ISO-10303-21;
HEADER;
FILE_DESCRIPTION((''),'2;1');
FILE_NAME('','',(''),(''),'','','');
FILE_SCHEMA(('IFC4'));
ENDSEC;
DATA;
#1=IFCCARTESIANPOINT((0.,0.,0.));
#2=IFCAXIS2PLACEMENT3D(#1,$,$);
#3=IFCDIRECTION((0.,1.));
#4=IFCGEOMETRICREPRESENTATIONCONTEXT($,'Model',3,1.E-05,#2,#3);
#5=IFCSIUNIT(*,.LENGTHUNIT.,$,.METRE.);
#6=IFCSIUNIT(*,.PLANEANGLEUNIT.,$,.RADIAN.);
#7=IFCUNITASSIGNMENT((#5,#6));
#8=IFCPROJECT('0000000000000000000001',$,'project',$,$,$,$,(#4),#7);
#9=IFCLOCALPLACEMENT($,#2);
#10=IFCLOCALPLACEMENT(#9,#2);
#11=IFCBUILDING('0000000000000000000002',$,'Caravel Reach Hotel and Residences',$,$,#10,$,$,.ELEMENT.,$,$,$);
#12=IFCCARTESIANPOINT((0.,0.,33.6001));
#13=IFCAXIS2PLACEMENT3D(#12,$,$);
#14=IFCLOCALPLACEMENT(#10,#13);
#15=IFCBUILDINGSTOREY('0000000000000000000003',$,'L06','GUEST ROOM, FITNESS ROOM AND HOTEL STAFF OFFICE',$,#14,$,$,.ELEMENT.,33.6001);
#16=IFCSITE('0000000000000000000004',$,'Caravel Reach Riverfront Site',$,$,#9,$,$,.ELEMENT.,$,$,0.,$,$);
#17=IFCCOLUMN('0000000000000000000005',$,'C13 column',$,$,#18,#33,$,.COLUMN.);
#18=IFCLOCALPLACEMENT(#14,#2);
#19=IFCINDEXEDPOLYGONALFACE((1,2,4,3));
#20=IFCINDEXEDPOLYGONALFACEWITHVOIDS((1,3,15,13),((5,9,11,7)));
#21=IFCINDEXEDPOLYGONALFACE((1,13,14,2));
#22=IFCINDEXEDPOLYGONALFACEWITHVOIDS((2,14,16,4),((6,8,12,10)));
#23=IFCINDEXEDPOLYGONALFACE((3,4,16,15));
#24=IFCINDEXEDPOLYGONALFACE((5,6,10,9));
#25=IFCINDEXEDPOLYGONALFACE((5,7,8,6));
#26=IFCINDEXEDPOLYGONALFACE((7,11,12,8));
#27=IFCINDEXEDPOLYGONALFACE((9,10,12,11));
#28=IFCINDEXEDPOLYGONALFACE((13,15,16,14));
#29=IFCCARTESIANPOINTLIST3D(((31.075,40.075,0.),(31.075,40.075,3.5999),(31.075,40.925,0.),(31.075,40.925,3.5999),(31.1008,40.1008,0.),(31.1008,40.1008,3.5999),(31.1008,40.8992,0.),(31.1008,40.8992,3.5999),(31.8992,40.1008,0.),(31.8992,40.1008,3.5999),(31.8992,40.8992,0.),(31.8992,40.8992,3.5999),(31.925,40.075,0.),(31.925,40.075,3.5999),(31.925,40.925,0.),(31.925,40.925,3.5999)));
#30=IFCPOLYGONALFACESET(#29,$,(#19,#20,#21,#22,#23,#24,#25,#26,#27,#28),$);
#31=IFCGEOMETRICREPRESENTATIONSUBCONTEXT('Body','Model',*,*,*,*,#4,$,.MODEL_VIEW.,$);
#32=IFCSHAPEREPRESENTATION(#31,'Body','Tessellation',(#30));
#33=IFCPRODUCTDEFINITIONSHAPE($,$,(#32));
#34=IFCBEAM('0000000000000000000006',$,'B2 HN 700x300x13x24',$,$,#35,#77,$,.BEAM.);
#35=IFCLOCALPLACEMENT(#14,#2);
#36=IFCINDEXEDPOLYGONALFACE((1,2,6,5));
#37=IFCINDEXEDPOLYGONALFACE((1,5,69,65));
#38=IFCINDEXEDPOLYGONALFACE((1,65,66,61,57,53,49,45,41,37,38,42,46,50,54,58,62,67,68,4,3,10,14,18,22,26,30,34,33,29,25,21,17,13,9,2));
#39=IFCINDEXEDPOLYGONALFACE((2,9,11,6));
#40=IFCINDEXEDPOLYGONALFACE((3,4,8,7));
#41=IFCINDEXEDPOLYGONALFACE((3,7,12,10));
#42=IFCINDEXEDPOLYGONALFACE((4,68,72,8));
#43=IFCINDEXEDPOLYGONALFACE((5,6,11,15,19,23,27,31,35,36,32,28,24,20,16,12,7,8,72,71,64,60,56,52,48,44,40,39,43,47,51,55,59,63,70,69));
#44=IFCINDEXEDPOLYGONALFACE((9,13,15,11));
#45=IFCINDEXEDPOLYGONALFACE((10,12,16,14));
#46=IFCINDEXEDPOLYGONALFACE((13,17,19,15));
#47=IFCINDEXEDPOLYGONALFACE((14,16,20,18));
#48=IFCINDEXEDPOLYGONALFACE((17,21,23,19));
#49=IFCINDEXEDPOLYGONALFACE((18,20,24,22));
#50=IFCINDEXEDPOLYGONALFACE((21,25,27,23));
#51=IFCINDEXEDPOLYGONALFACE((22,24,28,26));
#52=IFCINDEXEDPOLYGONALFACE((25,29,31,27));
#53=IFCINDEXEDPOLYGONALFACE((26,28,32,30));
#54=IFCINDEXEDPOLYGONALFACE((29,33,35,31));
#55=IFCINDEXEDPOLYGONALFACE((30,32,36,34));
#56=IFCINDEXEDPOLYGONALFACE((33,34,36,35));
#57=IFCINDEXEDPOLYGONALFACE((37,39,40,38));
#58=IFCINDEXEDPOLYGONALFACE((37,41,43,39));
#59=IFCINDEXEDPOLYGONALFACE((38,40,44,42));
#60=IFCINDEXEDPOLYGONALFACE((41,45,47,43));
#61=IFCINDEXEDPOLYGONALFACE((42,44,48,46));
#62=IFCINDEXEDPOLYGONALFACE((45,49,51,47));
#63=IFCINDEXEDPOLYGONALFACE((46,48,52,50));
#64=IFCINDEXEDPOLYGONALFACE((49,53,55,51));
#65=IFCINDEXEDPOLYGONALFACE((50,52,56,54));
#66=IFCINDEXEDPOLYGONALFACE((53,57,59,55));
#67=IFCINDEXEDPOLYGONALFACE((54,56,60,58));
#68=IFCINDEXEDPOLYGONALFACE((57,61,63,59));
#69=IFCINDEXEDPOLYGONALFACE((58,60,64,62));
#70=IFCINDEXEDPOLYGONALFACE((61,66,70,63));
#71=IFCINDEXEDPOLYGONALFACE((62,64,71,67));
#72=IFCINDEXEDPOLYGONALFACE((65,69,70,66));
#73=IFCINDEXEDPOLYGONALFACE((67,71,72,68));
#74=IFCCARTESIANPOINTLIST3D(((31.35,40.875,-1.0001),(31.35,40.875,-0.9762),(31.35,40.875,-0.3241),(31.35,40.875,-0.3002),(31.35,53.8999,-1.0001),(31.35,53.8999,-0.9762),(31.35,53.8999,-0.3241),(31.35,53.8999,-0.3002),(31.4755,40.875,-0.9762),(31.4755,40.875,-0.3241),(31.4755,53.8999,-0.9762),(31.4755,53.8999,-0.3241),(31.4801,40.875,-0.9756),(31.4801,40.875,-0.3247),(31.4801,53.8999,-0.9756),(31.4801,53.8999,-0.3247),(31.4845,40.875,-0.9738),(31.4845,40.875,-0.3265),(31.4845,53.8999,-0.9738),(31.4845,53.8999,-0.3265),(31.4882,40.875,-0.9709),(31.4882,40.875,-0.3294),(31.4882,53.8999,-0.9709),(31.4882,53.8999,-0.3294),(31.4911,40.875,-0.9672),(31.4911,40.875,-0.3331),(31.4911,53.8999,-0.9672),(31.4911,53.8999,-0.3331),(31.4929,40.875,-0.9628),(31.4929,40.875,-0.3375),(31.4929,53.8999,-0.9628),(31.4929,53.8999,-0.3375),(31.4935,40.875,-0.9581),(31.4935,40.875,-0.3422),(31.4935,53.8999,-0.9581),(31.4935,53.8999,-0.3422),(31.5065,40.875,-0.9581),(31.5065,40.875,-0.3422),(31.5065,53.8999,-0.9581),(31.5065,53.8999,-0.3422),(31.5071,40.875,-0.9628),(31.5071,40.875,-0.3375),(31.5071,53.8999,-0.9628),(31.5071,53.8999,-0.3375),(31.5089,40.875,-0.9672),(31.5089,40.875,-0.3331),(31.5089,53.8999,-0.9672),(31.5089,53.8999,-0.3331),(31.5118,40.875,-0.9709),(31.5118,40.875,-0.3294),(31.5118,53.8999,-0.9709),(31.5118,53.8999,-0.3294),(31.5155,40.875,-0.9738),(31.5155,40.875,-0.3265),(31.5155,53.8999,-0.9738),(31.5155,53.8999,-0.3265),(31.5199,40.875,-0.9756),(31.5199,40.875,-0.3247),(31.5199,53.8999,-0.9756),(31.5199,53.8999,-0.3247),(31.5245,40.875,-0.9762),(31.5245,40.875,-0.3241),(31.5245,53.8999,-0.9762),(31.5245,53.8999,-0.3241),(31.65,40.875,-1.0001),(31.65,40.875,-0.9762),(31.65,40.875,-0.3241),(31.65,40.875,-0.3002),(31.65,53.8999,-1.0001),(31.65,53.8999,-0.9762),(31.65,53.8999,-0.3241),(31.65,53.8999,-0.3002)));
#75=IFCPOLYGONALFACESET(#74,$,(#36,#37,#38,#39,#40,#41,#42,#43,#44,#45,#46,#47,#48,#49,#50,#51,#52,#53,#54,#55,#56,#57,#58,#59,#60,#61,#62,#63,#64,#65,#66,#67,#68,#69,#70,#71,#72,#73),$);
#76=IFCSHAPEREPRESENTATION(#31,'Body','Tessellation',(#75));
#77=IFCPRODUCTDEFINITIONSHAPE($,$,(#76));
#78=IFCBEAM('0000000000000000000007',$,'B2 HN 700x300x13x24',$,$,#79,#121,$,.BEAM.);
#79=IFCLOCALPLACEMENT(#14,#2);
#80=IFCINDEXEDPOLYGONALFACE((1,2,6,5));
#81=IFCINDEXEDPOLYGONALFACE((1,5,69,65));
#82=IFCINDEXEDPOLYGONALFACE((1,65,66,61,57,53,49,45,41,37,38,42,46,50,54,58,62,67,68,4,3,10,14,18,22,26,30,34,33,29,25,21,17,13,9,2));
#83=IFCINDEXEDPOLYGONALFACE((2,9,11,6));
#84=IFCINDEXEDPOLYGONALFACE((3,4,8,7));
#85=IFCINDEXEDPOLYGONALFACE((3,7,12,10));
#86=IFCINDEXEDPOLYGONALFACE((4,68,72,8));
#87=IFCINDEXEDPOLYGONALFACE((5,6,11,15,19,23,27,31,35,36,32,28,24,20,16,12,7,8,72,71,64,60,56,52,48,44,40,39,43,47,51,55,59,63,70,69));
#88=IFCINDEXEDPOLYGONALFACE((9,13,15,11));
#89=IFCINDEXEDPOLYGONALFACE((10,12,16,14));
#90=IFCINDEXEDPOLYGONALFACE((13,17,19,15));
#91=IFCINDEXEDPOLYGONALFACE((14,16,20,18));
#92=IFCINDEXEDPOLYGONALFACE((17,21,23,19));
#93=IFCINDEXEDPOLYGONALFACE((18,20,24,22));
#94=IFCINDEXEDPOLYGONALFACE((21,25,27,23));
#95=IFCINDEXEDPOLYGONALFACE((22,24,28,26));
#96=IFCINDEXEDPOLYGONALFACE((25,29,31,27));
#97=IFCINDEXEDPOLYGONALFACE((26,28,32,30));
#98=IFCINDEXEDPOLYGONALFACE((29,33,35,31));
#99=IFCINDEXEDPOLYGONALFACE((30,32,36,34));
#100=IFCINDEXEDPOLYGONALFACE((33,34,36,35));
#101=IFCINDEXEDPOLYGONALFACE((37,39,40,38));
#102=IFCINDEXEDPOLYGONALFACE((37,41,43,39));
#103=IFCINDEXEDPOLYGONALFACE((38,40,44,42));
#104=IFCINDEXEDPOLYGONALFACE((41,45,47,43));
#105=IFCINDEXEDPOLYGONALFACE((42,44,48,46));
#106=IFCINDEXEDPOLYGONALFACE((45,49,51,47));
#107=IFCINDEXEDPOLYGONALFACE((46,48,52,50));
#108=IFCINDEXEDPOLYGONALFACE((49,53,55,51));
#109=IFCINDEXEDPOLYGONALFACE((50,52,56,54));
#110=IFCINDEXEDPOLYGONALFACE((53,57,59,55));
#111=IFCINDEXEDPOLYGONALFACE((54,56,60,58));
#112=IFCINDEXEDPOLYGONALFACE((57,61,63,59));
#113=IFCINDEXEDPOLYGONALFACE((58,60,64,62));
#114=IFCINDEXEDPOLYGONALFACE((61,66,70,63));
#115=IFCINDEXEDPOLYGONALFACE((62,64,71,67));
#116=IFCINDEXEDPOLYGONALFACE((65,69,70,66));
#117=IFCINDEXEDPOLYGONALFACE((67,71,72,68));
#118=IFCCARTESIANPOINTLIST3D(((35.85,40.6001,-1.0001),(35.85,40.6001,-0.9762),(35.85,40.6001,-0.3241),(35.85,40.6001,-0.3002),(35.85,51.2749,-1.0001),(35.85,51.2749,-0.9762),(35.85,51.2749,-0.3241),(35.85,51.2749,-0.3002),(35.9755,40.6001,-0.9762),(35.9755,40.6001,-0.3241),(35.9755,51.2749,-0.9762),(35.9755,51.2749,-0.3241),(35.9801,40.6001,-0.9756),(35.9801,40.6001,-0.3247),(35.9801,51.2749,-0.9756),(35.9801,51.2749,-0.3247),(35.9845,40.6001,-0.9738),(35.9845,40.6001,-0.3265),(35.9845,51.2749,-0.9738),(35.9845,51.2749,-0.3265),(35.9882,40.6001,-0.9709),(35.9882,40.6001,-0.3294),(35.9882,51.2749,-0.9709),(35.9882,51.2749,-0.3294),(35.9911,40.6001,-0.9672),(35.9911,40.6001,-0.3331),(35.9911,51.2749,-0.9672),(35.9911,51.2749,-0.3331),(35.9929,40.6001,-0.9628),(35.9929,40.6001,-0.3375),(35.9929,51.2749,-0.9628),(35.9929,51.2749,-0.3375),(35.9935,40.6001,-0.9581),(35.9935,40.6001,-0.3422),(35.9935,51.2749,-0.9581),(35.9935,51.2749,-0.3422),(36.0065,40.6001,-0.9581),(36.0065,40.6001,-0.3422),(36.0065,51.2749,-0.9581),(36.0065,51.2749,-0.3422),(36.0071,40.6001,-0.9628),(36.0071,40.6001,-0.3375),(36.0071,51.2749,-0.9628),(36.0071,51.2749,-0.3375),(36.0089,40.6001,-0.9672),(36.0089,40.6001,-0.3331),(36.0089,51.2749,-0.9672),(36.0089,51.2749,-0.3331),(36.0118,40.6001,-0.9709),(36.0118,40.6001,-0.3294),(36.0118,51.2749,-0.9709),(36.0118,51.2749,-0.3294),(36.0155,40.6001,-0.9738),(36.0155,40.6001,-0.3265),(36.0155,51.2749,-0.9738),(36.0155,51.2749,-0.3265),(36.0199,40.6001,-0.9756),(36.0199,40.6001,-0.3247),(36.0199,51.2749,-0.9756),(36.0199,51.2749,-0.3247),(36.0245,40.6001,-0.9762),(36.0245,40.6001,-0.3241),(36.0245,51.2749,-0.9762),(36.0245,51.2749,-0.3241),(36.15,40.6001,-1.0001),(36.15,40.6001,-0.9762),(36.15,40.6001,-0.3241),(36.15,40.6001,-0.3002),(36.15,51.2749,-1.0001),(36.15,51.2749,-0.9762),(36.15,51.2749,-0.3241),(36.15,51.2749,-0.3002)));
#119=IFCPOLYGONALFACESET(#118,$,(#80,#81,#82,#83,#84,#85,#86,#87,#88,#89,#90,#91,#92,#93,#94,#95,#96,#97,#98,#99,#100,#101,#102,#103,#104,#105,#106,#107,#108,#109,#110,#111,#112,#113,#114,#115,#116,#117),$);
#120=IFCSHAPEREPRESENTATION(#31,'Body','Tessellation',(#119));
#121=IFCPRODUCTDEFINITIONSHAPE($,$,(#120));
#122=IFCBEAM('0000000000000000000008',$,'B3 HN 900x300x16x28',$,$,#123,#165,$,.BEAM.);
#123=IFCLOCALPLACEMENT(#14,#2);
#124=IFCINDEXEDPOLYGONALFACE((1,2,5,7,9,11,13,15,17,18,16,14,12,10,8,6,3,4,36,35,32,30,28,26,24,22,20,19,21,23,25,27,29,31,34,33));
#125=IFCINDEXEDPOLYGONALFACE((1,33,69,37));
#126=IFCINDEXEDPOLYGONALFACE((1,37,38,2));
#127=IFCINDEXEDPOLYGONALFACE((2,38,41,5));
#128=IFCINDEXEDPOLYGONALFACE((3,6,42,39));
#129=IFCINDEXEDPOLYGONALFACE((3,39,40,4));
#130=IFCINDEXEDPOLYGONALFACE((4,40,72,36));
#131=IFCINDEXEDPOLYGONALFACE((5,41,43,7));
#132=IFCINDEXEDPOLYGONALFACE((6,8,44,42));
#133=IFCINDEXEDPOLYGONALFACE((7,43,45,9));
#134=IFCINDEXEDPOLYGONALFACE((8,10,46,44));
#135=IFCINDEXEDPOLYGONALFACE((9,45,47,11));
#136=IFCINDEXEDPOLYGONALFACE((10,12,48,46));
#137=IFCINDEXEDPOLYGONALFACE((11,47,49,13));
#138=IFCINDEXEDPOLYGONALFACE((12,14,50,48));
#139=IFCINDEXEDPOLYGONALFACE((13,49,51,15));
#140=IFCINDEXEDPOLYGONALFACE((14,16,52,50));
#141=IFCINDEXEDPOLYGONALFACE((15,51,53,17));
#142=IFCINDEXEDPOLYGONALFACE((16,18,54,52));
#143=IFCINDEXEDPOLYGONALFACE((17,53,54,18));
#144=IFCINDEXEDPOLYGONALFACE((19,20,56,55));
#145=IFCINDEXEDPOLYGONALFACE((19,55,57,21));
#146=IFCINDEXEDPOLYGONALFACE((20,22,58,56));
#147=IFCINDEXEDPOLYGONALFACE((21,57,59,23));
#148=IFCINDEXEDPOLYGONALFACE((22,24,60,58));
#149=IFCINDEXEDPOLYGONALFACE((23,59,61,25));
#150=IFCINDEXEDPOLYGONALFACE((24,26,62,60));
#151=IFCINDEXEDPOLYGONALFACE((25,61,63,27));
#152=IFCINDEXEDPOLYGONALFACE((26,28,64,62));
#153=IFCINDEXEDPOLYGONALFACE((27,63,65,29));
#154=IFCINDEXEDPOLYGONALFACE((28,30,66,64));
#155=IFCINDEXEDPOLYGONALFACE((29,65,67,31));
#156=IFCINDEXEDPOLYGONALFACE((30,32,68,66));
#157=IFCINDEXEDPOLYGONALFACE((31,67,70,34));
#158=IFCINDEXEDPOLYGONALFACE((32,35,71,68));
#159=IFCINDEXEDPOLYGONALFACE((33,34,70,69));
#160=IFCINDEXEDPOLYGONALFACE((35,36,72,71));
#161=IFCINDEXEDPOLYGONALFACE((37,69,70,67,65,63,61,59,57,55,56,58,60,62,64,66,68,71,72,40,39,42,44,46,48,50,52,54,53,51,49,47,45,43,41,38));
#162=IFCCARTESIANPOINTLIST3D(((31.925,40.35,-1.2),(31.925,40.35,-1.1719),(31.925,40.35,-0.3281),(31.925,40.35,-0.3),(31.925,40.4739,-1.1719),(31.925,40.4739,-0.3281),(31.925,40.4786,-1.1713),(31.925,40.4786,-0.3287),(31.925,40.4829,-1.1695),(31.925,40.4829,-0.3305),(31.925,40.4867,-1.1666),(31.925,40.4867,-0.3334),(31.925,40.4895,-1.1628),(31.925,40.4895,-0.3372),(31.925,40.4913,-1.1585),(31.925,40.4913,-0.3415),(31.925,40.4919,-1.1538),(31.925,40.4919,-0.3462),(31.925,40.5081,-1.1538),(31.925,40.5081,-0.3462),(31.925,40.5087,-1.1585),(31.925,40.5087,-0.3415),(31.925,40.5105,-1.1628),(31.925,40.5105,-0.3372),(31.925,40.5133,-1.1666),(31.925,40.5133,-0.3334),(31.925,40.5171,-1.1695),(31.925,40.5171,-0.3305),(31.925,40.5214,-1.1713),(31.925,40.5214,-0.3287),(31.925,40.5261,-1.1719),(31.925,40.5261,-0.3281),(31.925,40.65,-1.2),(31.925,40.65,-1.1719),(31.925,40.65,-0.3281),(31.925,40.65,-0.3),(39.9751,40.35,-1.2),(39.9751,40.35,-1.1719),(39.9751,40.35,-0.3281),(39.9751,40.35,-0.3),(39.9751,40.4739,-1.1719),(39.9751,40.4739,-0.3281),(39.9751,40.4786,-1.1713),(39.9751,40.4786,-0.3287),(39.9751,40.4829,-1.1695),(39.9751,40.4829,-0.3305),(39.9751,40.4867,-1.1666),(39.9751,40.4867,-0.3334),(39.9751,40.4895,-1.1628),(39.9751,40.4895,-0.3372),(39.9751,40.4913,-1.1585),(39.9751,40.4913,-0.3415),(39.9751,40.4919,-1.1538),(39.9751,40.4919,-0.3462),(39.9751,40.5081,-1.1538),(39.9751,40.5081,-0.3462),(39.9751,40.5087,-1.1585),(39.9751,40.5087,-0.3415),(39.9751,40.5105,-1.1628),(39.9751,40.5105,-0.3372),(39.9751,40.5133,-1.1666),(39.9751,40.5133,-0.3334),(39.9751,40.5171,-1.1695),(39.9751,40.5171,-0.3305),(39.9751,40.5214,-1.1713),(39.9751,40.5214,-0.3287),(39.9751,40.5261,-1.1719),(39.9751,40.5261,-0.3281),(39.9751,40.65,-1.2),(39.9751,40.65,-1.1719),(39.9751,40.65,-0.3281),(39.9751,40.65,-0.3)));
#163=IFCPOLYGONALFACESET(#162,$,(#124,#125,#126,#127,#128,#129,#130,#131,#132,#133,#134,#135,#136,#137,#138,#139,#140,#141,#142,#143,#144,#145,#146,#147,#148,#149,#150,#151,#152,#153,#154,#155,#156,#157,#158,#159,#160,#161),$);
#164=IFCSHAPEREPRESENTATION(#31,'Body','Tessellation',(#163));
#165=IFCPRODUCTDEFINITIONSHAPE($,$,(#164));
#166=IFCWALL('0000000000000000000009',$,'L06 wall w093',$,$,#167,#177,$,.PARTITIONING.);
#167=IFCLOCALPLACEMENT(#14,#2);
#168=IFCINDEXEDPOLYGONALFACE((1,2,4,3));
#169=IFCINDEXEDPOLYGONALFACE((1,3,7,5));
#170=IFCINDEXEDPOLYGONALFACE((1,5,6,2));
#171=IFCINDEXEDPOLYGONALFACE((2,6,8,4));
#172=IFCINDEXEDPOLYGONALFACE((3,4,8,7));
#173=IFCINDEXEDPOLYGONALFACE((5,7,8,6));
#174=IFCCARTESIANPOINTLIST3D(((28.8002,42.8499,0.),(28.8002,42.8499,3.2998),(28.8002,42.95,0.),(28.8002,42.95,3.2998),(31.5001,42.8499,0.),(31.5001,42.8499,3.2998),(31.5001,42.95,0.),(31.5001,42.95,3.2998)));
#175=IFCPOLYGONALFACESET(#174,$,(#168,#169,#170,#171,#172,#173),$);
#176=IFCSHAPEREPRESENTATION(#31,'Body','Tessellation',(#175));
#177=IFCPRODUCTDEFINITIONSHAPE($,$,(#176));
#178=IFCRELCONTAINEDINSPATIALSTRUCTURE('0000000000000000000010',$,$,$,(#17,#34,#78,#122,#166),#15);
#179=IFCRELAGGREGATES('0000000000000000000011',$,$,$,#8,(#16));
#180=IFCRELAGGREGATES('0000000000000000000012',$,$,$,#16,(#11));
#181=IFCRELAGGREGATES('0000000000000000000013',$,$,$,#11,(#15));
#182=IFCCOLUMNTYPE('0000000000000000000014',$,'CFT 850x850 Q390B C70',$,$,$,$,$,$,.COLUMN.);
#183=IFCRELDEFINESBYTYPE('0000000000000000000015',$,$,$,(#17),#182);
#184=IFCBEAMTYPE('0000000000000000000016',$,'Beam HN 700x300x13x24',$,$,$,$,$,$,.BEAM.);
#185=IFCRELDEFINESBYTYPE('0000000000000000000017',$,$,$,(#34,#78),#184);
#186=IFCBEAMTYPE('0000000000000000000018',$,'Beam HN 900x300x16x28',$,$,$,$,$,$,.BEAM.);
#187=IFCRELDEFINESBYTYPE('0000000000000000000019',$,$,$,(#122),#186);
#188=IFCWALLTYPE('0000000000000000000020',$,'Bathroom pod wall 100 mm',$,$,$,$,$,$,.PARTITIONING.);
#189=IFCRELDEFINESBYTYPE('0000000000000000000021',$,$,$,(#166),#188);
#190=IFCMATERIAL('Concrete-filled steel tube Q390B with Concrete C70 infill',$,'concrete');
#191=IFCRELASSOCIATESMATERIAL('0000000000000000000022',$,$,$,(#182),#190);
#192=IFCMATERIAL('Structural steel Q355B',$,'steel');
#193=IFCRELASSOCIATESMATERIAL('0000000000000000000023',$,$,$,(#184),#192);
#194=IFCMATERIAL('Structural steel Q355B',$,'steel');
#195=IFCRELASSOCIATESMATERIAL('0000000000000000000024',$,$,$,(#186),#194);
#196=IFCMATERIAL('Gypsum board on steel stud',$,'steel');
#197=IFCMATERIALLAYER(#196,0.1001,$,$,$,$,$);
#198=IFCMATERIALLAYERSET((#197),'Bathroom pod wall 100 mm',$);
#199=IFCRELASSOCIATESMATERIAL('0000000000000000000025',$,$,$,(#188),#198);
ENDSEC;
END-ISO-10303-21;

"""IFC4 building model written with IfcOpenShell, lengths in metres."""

from ifc_helpers import new_model, si_unit, direction, frame, frame_2d, origin, origin_2d, place, context, subcontext, project, spatial, rectangle, hollow_rectangle, i_section, extrude, material, layer, layer_set, material_profile, profile_set, type_object, element, save


model = new_model("IFC4")

# Units and contexts
model_context = context("Model", 3, precision=1e-05, world=origin(), true_north=direction((0.0, 1.0)))
body_context = subcontext(model_context, "Body", "Model", "MODEL_VIEW")
ifc_project = project(units=[si_unit("LENGTHUNIT", "METRE"), si_unit("PLANEANGLEUNIT", "RADIAN")], contexts=[model_context])

# Site, building, storey
site_placement = place(None, origin())
site = spatial("IfcSite", under=ifc_project, at=site_placement, Name="Caravel Reach Riverfront Site", CompositionType="ELEMENT", RefElevation=0.0)
building_placement = place(site_placement, origin())
building = spatial("IfcBuilding", under=site, at=building_placement, Name="Caravel Reach Hotel and Residences", CompositionType="ELEMENT")
storey_placement = place(building_placement, frame((0.0, 0.0, 33.6001)))
storey = spatial("IfcBuildingStorey", under=building, at=storey_placement, Name="L06", Description="GUEST ROOM, FITNESS ROOM AND HOTEL STAFF OFFICE", CompositionType="ELEMENT", Elevation=33.6001)

# Column
ifc_material_1 = material(Name="Concrete-filled steel tube Q390B with Concrete C70 infill", Category="concrete")
ifc_material_profile_1 = material_profile(ifc_material_1, hollow_rectangle(XDim=0.8501, YDim=0.8501, WallThickness=0.0259, at=origin_2d()), Name="RHS 850x850x26")
ifc_profile_set_1 = profile_set([ifc_material_profile_1], Name="Concrete-filled steel tube Q390B with Concrete C70 infill")
column_type = type_object("IfcColumnType", Name="CFT 850x850 Q390B C70", PredefinedType="COLUMN", material=ifc_profile_set_1)
column_placement = place(storey_placement, frame((31.5, 40.5, 0.0), z_axis=(0.0, 0.0, 1.0), x_axis=(1.0, 0.0, 0.0)))
element("IfcColumn", 1, at=column_placement, inside=storey, type_object=column_type, Name="C13 column", PredefinedType="COLUMN", context=body_context, shape_type="SweptSolid", body=[
    extrude(hollow_rectangle(XDim=0.8501, YDim=0.8501, WallThickness=0.0259, at=origin_2d()), origin(), (0.0, 0.0, 1.0), 3.5999),
])

# Beams
ifc_material_2 = material(Name="Structural steel Q355B", Category="steel")
ifc_material_profile_2 = material_profile(ifc_material_2, i_section(OverallWidth=0.3, OverallDepth=0.7, WebThickness=0.0129, FlangeThickness=0.0239, FilletRadius=0.0181, at=origin_2d()), Name="HN 700x300x13x24")
ifc_profile_set_2 = profile_set([ifc_material_profile_2], Name="Structural steel Q355B")
beam_type_1 = type_object("IfcBeamType", Name="Beam HN 700x300x13x24", PredefinedType="BEAM", material=ifc_profile_set_2)
beam_1_placement = place(storey_placement, frame((31.5, 40.875, -0.6501), z_axis=(0.0, 1.0, 0.0), x_axis=(-1.0, 0.0, 0.0)))
element("IfcBeam", 2, at=beam_1_placement, inside=storey, type_object=beam_type_1, Name="B2 HN 700x300x13x24", PredefinedType="BEAM", context=body_context, shape_type="SweptSolid", body=[
    extrude(i_section(OverallWidth=0.3, OverallDepth=0.7, WebThickness=0.0129, FlangeThickness=0.0239, FilletRadius=0.0181, at=origin_2d()), origin(), (0.0, 0.0, 1.0), 13.0249),
])
beam_2_placement = place(storey_placement, frame((36.0, 40.6001, -0.6501), z_axis=(0.0, 1.0, 0.0), x_axis=(-1.0, 0.0, 0.0)))
element("IfcBeam", 3, at=beam_2_placement, inside=storey, type_object=beam_type_1, Name="B2 HN 700x300x13x24", PredefinedType="BEAM", context=body_context, shape_type="SweptSolid", body=[
    extrude(i_section(OverallWidth=0.3, OverallDepth=0.7, WebThickness=0.0129, FlangeThickness=0.0239, FilletRadius=0.0181, at=origin_2d()), origin(), (0.0, 0.0, 1.0), 10.6748),
])
ifc_material_3 = material(Name="Structural steel Q355B", Category="steel")
ifc_material_profile_3 = material_profile(ifc_material_3, i_section(OverallWidth=0.3, OverallDepth=0.8999, WebThickness=0.0161, FlangeThickness=0.0281, FilletRadius=0.0181, at=origin_2d()), Name="HN 900x300x16x28")
ifc_profile_set_3 = profile_set([ifc_material_profile_3], Name="Structural steel Q355B")
beam_type_2 = type_object("IfcBeamType", Name="Beam HN 900x300x16x28", PredefinedType="BEAM", material=ifc_profile_set_3)
beam_3_placement = place(storey_placement, frame((31.925, 40.5, -0.75), z_axis=(1.0, 0.0, 0.0), x_axis=(0.0, 1.0, 0.0)))
element("IfcBeam", 4, at=beam_3_placement, inside=storey, type_object=beam_type_2, Name="B3 HN 900x300x16x28", PredefinedType="BEAM", context=body_context, shape_type="SweptSolid", body=[
    extrude(i_section(OverallWidth=0.3, OverallDepth=0.8999, WebThickness=0.0161, FlangeThickness=0.0281, FilletRadius=0.0181, at=origin_2d()), origin(), (0.0, 0.0, 1.0), 8.05),
])

# Wall
ifc_material_4 = material(Name="Gypsum board on steel stud", Category="steel")
ifc_layer_1 = layer(ifc_material_4, 0.1001)
ifc_layer_set_1 = layer_set([ifc_layer_1], Name="Bathroom pod wall 100 mm")
wall_type_1 = type_object("IfcWallType", Name="Bathroom pod wall 100 mm", PredefinedType="PARTITIONING", material=ifc_layer_set_1)
wall_1_placement = place(storey_placement, frame((28.8, 42.8999, 0.0), z_axis=(0.0, 0.0, 1.0), x_axis=(1.0, 0.0, 0.0)))
element("IfcWall", 5, at=wall_1_placement, inside=storey, type_object=wall_type_1, Name="L06 wall w093", PredefinedType="PARTITIONING", context=body_context, shape_type="SweptSolid", body=[
    extrude(rectangle(XDim=2.7, YDim=0.1001, at=frame_2d((1.3501, 0.0))), origin(), (0.0, 0.0, 1.0), 3.2998),
])

save(model, "model.ifc")
